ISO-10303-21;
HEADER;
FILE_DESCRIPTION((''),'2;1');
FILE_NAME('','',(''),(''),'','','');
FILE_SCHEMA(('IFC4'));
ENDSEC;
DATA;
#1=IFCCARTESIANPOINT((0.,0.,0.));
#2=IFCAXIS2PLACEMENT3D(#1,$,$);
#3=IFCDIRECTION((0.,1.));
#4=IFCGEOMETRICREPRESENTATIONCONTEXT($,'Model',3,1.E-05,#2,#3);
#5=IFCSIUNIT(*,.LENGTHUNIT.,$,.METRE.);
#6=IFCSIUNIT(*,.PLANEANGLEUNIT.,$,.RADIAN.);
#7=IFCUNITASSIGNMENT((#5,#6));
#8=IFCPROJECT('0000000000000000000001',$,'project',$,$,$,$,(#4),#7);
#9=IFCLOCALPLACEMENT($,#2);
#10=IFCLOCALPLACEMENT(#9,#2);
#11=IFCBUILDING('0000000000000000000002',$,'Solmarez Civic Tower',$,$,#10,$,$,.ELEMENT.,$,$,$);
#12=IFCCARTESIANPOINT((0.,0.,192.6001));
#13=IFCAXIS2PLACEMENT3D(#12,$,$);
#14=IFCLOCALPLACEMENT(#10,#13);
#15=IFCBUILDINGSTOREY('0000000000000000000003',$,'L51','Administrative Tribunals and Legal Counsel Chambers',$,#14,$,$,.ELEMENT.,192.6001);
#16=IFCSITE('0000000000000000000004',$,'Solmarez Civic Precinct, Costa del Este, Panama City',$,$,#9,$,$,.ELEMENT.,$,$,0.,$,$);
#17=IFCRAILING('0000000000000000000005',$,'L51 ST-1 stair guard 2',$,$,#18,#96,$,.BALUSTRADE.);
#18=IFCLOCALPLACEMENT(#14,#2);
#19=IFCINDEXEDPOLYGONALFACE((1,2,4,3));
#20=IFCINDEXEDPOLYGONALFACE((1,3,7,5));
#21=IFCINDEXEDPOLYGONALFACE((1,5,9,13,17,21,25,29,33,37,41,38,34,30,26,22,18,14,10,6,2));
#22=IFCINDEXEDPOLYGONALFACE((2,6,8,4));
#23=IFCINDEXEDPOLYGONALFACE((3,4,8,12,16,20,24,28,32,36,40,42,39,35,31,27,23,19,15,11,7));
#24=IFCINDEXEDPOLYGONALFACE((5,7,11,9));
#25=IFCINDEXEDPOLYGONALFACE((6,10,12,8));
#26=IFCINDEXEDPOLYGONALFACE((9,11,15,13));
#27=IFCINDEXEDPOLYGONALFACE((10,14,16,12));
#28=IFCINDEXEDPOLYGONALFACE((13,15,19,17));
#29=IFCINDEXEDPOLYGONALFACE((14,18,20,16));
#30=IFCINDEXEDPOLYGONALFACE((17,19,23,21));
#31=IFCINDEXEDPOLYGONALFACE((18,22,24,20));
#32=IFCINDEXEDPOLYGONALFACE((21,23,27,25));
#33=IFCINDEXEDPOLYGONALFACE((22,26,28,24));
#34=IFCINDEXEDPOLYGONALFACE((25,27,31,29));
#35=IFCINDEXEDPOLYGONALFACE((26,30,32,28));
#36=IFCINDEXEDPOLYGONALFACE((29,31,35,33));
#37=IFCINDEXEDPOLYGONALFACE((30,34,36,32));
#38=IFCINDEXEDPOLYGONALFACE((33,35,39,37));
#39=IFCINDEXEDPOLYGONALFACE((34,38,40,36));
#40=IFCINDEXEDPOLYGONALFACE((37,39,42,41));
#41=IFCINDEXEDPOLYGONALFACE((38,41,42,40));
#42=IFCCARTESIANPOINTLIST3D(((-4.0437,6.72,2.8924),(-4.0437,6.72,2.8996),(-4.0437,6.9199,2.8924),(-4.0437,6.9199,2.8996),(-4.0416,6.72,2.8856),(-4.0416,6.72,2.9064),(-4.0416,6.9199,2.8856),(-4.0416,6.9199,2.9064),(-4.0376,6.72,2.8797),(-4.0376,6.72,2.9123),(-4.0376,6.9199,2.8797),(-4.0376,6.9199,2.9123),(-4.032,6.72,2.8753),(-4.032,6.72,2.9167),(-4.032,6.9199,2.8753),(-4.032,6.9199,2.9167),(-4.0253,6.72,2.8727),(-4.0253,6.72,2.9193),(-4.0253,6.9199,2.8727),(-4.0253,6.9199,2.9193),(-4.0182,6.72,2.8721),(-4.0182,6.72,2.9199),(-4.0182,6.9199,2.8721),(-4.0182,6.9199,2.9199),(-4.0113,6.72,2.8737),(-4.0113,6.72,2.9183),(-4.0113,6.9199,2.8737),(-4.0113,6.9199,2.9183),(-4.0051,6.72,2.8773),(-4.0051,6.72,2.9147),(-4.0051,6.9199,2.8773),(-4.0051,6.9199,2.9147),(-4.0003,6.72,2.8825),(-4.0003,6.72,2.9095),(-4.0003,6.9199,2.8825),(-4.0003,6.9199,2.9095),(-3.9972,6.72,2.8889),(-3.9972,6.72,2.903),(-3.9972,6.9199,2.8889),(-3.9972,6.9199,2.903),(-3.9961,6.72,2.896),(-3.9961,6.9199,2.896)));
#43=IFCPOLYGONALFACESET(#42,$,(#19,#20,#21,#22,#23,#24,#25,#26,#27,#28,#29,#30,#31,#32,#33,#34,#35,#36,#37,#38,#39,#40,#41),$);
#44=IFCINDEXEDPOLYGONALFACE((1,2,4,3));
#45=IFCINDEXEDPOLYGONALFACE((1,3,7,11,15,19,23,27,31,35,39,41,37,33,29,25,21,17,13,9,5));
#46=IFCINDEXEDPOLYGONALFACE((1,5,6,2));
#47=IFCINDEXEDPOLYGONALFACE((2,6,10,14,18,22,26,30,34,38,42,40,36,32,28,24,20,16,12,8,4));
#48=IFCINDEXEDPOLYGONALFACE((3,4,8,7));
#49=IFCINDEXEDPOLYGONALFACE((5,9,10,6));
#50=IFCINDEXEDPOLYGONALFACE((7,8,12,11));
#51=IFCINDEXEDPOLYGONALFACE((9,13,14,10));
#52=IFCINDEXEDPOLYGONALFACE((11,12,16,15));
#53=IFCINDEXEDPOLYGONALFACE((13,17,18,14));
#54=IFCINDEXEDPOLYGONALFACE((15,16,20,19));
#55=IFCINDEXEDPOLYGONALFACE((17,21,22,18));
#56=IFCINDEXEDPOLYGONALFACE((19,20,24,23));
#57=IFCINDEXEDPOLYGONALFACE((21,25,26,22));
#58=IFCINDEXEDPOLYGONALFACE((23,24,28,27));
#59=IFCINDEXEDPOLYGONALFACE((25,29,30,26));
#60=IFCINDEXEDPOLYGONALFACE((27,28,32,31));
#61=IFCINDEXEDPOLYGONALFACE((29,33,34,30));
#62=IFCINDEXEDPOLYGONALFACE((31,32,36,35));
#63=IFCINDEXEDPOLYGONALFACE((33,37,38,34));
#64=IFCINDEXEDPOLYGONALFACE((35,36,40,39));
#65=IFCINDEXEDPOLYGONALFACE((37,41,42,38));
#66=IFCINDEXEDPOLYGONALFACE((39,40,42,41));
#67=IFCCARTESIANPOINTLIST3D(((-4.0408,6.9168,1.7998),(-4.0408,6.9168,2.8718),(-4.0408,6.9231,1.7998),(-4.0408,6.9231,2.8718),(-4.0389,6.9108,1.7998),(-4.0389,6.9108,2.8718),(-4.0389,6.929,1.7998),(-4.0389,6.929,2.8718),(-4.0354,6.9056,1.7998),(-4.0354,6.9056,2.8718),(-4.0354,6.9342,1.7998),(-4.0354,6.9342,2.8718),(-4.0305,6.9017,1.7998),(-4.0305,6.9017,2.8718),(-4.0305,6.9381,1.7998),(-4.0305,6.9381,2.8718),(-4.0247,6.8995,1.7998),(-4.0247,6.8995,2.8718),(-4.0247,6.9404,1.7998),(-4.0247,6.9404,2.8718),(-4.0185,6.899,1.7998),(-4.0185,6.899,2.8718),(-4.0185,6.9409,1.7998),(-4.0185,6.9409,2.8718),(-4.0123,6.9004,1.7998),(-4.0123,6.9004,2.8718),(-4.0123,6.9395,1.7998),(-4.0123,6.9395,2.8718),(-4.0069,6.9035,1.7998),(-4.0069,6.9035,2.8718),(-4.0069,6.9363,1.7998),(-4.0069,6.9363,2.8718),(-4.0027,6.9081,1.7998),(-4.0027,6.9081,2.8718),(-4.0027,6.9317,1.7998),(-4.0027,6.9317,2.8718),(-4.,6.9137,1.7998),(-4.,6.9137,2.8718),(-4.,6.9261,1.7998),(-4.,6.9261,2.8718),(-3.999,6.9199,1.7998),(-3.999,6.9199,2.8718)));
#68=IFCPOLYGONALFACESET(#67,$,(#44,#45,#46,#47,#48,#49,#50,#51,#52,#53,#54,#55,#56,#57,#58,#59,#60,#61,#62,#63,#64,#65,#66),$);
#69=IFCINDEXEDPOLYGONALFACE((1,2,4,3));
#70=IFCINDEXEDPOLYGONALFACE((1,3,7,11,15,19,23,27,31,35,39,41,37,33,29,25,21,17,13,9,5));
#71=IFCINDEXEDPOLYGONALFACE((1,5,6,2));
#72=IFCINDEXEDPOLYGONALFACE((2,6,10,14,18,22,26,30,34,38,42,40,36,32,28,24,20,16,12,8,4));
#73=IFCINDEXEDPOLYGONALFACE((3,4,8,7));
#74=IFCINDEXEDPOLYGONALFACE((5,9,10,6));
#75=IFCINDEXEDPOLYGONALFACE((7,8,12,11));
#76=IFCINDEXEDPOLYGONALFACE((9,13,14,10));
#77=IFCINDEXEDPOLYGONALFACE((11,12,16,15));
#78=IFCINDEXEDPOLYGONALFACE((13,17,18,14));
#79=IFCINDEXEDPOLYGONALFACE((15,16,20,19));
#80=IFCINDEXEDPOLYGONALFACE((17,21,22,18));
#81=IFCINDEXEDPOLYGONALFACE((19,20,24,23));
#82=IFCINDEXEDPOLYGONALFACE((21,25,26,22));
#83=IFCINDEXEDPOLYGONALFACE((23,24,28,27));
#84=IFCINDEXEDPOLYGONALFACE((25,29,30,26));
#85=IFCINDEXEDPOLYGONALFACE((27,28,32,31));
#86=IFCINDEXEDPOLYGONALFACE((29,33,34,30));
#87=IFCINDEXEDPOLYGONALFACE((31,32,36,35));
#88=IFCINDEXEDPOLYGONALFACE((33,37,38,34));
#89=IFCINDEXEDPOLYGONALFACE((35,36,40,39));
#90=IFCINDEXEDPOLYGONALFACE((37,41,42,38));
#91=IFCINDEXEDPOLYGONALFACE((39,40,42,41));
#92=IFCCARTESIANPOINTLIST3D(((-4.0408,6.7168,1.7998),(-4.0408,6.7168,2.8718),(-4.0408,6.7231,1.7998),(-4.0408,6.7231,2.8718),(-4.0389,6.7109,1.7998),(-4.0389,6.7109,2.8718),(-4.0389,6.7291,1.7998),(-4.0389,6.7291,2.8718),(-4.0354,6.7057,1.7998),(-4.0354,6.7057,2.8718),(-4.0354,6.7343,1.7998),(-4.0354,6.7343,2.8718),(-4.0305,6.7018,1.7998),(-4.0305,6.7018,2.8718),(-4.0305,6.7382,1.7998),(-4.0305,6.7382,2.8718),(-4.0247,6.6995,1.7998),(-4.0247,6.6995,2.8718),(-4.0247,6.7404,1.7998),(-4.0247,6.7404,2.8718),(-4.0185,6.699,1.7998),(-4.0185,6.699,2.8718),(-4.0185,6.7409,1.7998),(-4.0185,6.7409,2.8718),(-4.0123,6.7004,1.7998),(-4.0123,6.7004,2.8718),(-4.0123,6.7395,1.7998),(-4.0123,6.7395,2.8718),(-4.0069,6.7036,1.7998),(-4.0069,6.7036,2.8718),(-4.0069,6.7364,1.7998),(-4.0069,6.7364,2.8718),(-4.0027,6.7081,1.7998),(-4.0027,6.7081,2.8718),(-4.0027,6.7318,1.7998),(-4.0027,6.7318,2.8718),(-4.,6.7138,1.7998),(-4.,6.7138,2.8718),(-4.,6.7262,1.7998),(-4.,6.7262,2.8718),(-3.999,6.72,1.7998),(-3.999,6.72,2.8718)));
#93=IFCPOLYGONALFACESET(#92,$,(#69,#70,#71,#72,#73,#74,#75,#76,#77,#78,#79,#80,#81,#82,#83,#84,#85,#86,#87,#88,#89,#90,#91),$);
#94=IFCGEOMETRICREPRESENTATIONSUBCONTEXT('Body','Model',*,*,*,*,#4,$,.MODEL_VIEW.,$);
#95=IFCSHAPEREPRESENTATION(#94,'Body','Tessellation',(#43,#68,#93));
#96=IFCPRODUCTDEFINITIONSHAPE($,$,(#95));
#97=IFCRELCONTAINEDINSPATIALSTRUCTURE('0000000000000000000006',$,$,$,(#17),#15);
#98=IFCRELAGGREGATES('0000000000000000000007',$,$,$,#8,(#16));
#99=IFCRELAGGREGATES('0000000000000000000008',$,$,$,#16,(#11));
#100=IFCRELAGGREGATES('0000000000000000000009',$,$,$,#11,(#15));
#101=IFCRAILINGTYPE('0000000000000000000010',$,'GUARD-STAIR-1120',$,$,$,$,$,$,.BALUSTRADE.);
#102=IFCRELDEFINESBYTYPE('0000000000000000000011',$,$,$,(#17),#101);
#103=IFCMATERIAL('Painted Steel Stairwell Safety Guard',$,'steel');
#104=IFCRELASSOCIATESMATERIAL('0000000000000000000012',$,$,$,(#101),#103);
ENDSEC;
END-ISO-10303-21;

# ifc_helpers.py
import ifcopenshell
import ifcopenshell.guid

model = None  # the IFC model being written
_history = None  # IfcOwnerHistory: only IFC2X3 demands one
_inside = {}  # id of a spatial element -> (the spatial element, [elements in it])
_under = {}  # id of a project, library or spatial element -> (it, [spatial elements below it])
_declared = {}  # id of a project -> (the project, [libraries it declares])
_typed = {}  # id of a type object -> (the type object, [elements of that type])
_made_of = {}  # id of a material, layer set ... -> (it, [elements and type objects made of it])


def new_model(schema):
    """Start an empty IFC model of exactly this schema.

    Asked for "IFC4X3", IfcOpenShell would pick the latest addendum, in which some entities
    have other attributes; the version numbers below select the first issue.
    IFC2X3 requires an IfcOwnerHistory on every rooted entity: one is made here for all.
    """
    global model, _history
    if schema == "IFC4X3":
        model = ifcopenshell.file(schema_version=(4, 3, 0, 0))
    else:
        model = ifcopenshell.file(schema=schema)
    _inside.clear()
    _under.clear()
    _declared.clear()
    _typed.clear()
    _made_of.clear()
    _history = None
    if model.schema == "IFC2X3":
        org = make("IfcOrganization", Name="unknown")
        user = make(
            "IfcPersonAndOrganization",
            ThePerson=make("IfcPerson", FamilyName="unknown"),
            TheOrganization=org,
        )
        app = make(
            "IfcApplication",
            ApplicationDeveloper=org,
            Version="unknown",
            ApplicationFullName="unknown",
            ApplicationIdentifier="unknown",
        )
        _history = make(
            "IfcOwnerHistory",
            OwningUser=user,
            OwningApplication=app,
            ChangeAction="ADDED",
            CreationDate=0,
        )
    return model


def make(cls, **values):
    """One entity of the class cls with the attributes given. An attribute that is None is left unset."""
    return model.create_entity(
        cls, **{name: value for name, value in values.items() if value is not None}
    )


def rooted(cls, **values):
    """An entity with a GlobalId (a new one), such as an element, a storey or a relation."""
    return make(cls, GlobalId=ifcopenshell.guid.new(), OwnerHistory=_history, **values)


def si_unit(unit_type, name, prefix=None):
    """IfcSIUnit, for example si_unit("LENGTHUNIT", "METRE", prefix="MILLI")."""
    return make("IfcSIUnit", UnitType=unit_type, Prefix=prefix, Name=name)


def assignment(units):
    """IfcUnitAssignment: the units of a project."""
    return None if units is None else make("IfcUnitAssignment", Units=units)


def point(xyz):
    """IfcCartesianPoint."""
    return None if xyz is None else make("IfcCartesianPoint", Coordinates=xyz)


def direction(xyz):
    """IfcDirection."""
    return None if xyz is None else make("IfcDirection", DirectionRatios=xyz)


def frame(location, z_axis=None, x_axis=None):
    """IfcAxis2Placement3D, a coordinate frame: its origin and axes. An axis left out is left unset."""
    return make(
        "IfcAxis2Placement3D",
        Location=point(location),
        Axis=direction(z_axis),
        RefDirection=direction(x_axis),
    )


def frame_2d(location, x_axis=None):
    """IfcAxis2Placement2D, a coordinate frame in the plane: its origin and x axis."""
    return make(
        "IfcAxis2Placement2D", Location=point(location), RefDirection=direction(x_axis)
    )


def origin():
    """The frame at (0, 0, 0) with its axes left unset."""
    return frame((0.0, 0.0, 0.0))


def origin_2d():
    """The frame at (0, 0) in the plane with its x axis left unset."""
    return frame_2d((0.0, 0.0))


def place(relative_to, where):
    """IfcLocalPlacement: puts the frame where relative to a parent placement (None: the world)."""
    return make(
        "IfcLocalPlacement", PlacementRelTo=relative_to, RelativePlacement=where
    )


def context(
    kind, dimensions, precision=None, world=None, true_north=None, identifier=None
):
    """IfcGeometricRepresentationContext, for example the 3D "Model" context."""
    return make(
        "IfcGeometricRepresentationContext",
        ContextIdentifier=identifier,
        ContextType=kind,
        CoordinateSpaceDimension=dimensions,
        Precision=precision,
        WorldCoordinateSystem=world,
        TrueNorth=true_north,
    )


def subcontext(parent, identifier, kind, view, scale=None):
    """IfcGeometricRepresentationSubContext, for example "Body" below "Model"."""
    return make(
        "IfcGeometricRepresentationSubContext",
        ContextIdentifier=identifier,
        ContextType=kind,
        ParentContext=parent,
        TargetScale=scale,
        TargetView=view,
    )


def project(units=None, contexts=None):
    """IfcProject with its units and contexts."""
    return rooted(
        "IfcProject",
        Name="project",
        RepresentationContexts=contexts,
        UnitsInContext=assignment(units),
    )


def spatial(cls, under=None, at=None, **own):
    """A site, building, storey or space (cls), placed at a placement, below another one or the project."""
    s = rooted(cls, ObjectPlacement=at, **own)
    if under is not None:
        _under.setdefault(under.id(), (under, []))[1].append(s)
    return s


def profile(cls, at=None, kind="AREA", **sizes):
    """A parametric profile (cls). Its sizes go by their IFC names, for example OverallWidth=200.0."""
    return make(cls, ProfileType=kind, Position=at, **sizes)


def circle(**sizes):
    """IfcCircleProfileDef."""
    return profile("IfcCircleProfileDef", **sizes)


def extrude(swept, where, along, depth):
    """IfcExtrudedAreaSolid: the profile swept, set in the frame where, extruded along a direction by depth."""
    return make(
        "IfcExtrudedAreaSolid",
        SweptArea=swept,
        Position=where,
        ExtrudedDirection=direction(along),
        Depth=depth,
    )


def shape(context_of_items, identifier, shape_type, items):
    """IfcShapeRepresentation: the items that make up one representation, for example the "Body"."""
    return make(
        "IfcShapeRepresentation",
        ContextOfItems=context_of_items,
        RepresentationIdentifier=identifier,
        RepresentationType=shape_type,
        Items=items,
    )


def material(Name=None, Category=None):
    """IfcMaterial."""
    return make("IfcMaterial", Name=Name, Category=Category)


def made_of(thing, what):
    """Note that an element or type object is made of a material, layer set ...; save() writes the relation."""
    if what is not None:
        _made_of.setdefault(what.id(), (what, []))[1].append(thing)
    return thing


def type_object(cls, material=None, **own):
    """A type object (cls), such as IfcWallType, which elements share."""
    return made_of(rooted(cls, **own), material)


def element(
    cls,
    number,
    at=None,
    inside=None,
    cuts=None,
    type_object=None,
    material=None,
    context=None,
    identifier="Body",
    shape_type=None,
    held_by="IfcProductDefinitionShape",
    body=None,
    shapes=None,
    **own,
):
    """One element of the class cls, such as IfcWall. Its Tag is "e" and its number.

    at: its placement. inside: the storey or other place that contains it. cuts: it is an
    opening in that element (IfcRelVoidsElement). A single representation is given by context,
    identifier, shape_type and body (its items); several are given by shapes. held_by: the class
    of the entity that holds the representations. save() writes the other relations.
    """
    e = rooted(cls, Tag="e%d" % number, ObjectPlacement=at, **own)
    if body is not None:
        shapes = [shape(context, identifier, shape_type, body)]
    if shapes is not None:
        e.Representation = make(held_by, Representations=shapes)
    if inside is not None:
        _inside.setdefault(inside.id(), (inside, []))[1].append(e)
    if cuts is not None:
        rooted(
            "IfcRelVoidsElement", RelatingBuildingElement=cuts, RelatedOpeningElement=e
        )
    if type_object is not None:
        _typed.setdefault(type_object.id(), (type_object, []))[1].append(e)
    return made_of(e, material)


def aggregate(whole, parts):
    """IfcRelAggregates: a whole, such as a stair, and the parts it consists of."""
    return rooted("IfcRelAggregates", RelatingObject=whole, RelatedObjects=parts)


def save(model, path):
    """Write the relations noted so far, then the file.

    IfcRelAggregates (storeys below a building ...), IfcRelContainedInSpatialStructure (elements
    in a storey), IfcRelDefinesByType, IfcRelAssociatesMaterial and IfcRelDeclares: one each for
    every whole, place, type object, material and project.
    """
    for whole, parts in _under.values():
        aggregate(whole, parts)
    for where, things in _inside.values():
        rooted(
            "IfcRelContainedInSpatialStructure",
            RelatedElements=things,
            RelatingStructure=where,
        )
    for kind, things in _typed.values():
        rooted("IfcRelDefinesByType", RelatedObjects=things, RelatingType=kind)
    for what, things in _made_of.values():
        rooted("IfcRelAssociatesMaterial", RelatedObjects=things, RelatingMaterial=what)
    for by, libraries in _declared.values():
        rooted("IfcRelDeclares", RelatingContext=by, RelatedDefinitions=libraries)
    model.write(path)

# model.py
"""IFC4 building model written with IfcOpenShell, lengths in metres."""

from ifc_helpers import new_model, si_unit, direction, frame, origin, origin_2d, place, context, subcontext, project, spatial, circle, extrude, material, type_object, element, save


model = new_model("IFC4")

# Units and contexts
model_context = context("Model", 3, precision=1e-05, world=origin(), true_north=direction((0.0, 1.0)))
body_context = subcontext(model_context, "Body", "Model", "MODEL_VIEW")
ifc_project = project(units=[si_unit("LENGTHUNIT", "METRE"), si_unit("PLANEANGLEUNIT", "RADIAN")], contexts=[model_context])

# Site, building, storey
site_placement = place(None, origin())
site = spatial("IfcSite", under=ifc_project, at=site_placement, Name="Solmarez Civic Precinct, Costa del Este, Panama City", CompositionType="ELEMENT", RefElevation=0.0)
building_placement = place(site_placement, origin())
building = spatial("IfcBuilding", under=site, at=building_placement, Name="Solmarez Civic Tower", CompositionType="ELEMENT")
storey_placement = place(building_placement, frame((0.0, 0.0, 192.6001)))
storey = spatial("IfcBuildingStorey", under=building, at=storey_placement, Name="L51", Description="Administrative Tribunals and Legal Counsel Chambers", CompositionType="ELEMENT", Elevation=192.6001)

# Railing
ifc_material_1 = material(Name="Painted Steel Stairwell Safety Guard", Category="steel")
railing_type = type_object("IfcRailingType", Name="GUARD-STAIR-1120", PredefinedType="BALUSTRADE", material=ifc_material_1)
railing_1_placement = place(storey_placement, frame((-4.02, 6.9199, 1.7998)))
element("IfcRailing", 1, at=railing_1_placement, inside=storey, type_object=railing_type, Name="L51 ST-1 stair guard 2", PredefinedType="BALUSTRADE", context=body_context, shape_type="SweptSolid", body=[
    extrude(circle(Radius=0.0239, at=origin_2d()), frame((0.0, 0.0, 1.0962), z_axis=(0.0, -1.0, 0.0), x_axis=(1.0, 0.0, 0.0)), (0.0, 0.0, 1.0), 0.2),
    extrude(circle(Radius=0.021, at=origin_2d()), origin(), (0.0, 0.0, 1.0), 1.072),
    extrude(circle(Radius=0.021, at=origin_2d()), frame((0.0, -0.2, 0.0)), (0.0, 0.0, 1.0), 1.072),
])

save(model, "model.ifc")
